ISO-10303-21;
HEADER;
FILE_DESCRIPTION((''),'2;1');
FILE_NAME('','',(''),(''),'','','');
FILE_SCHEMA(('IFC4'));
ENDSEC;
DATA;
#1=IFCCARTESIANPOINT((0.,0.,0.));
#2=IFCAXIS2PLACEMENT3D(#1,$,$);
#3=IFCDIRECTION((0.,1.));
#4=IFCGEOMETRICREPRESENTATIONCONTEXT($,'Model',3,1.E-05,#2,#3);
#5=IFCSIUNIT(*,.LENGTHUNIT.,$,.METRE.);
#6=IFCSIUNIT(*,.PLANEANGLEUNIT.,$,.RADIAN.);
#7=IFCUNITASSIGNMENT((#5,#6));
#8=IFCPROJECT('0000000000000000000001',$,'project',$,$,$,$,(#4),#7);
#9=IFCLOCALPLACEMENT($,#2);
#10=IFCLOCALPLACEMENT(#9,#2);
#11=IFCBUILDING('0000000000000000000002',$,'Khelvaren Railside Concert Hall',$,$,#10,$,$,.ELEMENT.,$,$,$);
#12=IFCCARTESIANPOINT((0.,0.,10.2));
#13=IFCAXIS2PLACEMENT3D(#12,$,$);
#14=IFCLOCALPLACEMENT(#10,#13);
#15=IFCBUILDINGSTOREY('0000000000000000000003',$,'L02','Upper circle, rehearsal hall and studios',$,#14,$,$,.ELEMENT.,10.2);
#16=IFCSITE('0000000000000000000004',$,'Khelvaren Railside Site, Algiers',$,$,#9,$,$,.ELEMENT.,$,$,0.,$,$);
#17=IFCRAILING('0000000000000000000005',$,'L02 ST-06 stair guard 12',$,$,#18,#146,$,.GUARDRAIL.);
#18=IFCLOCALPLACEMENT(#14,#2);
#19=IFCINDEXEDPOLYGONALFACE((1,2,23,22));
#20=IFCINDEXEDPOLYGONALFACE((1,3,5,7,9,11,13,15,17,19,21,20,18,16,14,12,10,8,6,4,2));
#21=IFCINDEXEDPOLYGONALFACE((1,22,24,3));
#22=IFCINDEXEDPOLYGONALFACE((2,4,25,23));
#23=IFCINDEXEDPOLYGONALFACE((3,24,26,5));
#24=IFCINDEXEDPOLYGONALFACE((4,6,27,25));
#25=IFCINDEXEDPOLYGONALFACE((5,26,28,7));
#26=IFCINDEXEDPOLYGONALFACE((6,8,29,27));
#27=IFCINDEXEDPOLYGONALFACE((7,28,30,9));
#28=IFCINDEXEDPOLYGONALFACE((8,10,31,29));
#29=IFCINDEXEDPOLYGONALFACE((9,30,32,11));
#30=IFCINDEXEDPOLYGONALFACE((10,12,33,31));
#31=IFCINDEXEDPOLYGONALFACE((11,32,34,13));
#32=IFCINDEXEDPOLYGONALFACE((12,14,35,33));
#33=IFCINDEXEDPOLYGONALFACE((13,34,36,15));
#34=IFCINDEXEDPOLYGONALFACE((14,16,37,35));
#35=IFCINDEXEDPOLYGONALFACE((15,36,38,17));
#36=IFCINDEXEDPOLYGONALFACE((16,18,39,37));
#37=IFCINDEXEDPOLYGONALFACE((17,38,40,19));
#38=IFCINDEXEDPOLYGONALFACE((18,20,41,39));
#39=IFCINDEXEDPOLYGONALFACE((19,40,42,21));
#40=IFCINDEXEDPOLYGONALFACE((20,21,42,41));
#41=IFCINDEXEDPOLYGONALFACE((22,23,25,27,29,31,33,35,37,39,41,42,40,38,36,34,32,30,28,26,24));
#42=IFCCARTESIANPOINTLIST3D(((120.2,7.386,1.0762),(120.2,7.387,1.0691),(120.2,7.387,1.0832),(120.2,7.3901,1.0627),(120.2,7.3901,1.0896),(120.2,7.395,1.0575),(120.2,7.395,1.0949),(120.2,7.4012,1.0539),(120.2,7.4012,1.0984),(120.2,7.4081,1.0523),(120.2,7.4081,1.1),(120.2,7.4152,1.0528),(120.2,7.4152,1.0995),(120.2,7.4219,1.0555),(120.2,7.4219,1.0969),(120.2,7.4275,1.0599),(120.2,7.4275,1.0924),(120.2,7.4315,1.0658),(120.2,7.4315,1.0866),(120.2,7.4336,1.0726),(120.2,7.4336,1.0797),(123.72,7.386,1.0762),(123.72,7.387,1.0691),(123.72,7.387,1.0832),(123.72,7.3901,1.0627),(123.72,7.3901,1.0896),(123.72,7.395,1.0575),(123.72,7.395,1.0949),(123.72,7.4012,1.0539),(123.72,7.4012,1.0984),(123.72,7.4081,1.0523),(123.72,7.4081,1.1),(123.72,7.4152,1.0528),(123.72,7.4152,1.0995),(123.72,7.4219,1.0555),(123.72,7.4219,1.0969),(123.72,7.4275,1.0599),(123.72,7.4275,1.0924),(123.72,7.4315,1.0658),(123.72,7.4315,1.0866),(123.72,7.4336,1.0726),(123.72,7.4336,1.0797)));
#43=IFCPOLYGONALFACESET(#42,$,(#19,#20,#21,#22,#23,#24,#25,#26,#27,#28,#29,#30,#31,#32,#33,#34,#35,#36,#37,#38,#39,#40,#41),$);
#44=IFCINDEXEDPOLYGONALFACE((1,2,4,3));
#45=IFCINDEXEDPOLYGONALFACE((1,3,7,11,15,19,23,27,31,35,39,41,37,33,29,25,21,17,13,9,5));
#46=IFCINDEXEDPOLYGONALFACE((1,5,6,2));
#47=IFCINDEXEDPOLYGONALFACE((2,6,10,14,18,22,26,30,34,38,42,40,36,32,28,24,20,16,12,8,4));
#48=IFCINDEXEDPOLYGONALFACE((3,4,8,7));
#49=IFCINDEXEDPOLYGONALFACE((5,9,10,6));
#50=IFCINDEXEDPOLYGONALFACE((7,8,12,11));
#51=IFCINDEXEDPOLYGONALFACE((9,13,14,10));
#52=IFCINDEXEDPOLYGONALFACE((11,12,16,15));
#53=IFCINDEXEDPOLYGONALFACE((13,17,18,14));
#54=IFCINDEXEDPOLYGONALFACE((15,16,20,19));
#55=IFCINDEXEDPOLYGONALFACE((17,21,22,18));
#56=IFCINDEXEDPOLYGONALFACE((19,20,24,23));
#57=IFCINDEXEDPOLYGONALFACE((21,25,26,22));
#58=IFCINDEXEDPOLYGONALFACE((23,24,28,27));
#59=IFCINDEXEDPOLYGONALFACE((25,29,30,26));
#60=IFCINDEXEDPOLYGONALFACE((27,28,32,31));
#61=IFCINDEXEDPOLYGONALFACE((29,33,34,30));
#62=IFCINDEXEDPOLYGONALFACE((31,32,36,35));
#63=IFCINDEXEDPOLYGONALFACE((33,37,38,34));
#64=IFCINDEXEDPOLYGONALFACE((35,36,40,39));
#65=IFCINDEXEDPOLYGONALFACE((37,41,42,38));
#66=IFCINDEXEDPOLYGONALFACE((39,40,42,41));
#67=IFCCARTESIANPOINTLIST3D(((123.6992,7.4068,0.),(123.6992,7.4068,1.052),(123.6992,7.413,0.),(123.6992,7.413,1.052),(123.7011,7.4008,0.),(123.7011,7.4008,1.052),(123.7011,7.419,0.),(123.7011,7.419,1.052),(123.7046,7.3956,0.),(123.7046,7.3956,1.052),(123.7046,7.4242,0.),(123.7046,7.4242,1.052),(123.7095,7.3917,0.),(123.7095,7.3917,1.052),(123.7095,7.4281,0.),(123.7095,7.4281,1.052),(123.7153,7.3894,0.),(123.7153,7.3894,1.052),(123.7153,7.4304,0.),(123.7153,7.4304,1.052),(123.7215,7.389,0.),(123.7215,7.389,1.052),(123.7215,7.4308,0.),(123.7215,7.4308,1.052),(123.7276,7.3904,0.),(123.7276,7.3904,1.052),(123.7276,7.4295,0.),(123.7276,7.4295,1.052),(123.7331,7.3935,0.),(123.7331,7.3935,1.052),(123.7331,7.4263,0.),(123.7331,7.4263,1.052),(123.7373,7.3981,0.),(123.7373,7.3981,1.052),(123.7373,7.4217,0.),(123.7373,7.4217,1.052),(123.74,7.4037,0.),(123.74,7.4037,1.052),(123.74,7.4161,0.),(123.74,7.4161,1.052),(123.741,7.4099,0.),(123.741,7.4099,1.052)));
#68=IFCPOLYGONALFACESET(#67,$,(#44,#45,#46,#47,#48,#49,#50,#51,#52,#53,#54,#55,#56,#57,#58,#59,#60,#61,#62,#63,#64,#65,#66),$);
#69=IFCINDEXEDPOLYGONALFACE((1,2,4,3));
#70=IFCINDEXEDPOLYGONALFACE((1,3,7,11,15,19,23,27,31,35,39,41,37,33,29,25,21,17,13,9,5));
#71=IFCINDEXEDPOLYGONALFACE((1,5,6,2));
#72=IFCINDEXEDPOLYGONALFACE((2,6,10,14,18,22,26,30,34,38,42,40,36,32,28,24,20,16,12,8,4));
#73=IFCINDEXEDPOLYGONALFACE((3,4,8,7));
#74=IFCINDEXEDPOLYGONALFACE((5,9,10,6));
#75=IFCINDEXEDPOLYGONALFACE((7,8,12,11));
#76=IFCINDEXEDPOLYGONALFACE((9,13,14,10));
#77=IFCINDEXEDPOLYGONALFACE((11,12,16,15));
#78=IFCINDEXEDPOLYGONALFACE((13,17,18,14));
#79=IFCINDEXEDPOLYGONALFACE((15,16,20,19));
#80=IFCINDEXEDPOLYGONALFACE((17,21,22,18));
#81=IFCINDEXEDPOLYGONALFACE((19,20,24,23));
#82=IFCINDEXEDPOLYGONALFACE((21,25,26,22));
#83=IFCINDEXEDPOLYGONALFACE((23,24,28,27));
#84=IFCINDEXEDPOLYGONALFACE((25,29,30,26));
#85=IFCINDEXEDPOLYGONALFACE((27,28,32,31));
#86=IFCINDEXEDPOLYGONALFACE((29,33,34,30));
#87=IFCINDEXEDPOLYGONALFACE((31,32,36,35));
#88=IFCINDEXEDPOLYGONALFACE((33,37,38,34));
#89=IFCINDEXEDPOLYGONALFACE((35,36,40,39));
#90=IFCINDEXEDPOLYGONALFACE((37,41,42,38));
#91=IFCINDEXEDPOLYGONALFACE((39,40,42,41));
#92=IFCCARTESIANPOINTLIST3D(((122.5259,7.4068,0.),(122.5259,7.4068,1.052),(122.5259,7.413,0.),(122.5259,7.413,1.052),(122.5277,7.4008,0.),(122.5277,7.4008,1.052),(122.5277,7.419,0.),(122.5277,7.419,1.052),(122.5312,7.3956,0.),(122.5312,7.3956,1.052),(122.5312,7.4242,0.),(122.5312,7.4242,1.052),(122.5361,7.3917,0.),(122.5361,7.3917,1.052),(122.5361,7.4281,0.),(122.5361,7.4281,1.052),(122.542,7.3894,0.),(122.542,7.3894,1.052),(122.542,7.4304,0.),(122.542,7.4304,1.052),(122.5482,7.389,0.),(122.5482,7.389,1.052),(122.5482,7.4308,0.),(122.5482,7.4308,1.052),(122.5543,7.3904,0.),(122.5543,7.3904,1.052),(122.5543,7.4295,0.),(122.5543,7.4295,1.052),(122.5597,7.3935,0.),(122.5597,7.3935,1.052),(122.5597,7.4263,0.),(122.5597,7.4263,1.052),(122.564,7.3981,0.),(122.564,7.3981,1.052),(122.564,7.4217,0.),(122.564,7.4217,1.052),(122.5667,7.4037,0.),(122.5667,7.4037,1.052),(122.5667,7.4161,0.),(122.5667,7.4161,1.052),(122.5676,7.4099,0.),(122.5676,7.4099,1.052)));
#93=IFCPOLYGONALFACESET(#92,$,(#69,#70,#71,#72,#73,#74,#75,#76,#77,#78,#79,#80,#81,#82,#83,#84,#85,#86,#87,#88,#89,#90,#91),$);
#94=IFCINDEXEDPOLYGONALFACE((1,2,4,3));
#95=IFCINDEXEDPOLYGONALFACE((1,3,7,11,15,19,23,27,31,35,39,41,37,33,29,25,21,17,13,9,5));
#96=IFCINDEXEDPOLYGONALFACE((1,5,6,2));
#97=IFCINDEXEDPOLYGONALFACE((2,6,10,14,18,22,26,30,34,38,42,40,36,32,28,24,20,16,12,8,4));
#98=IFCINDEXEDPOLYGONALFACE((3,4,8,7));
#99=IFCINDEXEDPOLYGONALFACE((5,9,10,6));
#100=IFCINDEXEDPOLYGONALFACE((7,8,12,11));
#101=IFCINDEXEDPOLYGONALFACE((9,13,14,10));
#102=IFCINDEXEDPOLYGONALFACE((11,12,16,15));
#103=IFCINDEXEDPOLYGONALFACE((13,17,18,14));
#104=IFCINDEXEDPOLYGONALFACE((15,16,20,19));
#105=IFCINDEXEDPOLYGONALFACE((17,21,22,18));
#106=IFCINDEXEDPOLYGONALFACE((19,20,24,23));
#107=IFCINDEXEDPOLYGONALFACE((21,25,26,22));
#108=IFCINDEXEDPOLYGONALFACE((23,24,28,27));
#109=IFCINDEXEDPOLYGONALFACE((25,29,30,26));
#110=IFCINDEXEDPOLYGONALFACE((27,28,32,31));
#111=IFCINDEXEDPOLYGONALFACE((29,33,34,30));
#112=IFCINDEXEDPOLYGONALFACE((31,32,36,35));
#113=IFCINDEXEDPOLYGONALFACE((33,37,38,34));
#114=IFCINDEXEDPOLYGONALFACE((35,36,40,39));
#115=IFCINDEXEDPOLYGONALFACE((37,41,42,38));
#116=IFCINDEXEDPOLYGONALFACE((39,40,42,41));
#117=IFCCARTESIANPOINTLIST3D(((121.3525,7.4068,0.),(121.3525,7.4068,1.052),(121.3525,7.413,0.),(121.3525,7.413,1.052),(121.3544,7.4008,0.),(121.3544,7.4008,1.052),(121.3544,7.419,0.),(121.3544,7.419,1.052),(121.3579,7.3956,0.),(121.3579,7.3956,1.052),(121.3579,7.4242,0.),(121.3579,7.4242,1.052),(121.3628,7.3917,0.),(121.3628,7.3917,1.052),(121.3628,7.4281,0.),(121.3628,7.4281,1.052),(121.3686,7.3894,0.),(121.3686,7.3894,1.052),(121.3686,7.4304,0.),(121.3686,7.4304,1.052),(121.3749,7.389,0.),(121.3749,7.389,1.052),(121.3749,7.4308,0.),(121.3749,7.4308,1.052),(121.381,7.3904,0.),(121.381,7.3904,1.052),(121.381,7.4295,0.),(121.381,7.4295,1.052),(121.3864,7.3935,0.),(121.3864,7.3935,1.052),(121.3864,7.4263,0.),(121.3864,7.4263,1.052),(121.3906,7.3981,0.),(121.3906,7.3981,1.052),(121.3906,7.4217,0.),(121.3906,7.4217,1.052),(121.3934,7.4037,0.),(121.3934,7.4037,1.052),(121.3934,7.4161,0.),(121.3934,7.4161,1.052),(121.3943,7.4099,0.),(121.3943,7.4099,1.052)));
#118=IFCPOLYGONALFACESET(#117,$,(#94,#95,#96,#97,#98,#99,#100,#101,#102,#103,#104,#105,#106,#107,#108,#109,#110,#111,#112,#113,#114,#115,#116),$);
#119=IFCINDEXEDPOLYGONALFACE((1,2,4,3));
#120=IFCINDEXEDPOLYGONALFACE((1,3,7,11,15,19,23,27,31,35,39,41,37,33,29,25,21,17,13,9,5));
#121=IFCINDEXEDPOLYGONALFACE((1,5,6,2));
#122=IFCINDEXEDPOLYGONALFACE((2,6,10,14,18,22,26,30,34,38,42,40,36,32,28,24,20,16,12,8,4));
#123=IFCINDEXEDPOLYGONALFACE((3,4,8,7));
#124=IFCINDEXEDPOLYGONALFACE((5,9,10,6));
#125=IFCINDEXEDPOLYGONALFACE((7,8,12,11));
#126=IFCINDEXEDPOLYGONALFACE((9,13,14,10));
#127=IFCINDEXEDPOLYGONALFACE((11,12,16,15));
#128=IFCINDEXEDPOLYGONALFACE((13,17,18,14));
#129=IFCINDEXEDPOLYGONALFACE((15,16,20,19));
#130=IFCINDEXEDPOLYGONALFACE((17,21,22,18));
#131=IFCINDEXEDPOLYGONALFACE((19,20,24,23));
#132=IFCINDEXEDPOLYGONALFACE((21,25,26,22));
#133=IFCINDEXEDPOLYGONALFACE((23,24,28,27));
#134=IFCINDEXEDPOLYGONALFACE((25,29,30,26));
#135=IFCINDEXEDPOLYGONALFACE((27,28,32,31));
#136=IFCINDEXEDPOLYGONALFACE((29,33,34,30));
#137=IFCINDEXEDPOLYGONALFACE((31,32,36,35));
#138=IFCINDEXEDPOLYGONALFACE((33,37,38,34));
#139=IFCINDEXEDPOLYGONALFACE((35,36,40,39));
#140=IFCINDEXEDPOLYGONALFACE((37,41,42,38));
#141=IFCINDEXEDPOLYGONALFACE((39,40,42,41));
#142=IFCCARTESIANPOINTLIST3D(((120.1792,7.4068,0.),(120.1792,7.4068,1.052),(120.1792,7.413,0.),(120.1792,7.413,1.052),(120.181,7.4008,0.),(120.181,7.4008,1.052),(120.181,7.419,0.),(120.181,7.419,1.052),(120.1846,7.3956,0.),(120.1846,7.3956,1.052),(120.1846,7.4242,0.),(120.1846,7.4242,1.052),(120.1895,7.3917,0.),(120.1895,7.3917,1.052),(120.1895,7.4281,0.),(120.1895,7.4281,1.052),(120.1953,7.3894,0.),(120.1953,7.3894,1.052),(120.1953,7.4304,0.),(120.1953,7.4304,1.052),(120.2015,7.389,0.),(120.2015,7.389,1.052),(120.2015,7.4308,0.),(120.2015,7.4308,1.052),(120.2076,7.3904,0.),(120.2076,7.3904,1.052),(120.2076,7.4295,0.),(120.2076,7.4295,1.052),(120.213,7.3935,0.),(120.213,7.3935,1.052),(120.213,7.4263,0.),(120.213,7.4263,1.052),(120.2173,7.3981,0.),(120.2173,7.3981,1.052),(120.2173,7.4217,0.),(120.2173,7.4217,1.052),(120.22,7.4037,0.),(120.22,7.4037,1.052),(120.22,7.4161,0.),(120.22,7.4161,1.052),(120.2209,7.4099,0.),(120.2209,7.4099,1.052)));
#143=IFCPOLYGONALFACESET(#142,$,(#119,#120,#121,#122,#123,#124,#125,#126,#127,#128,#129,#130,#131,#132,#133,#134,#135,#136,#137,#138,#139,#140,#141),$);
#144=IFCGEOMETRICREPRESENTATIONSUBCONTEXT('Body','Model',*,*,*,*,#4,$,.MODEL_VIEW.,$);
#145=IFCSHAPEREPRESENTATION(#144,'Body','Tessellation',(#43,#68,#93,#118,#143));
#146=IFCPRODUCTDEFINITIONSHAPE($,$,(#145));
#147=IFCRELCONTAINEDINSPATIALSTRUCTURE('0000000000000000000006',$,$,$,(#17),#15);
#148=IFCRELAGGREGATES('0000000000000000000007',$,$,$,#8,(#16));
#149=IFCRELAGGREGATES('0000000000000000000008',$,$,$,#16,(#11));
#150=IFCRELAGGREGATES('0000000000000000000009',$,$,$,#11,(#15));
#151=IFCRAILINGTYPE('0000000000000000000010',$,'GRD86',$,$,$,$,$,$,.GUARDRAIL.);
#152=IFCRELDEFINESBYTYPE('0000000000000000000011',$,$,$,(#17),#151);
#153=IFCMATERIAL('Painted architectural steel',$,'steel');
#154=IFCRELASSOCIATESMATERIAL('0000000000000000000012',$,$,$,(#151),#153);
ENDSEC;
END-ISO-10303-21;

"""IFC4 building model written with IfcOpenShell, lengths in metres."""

from ifc_helpers import new_model, si_unit, direction, frame, origin, origin_2d, place, context, subcontext, project, spatial, circle, extrude, material, type_object, element, save


model = new_model("IFC4")

# Units and contexts
model_context = context("Model", 3, precision=1e-05, world=origin(), true_north=direction((0.0, 1.0)))
body_context = subcontext(model_context, "Body", "Model", "MODEL_VIEW")
ifc_project = project(units=[si_unit("LENGTHUNIT", "METRE"), si_unit("PLANEANGLEUNIT", "RADIAN")], contexts=[model_context])

# Site, building, storey
site_placement = place(None, origin())
site = spatial("IfcSite", under=ifc_project, at=site_placement, Name="Khelvaren Railside Site, Algiers", CompositionType="ELEMENT", RefElevation=0.0)
building_placement = place(site_placement, origin())
building = spatial("IfcBuilding", under=site, at=building_placement, Name="Khelvaren Railside Concert Hall", CompositionType="ELEMENT")
storey_placement = place(building_placement, frame((0.0, 0.0, 10.2)))
storey = spatial("IfcBuildingStorey", under=building, at=storey_placement, Name="L02", Description="Upper circle, rehearsal hall and studios", CompositionType="ELEMENT", Elevation=10.2)

# Railing
ifc_material_1 = material(Name="Painted architectural steel", Category="steel")
railing_type_1 = type_object("IfcRailingType", Name="GRD86", PredefinedType="GUARDRAIL", material=ifc_material_1)
railing_1_placement = place(storey_placement, frame((123.72, 7.4099, 0.0)))
element("IfcRailing", 1, at=railing_1_placement, inside=storey, type_object=railing_type_1, Name="L02 ST-06 stair guard 12", PredefinedType="GUARDRAIL", context=body_context, shape_type="SweptSolid", body=[
    extrude(circle(Radius=0.0239, at=origin_2d()), frame((0.0, 0.0, 1.0762), z_axis=(-1.0, 0.0, 0.0), x_axis=(0.0, -1.0, 0.0)), (0.0, 0.0, 1.0), 3.52),
    extrude(circle(Radius=0.021, at=origin_2d()), origin(), (0.0, 0.0, 1.0), 1.052),
    extrude(circle(Radius=0.021, at=origin_2d()), frame((-1.1733, 0.0, 0.0)), (0.0, 0.0, 1.0), 1.052),
    extrude(circle(Radius=0.021, at=origin_2d()), frame((-2.3467, 0.0, 0.0)), (0.0, 0.0, 1.0), 1.052),
    extrude(circle(Radius=0.021, at=origin_2d()), frame((-3.52, 0.0, 0.0)), (0.0, 0.0, 1.0), 1.052),
])

save(model, "model.ifc")
